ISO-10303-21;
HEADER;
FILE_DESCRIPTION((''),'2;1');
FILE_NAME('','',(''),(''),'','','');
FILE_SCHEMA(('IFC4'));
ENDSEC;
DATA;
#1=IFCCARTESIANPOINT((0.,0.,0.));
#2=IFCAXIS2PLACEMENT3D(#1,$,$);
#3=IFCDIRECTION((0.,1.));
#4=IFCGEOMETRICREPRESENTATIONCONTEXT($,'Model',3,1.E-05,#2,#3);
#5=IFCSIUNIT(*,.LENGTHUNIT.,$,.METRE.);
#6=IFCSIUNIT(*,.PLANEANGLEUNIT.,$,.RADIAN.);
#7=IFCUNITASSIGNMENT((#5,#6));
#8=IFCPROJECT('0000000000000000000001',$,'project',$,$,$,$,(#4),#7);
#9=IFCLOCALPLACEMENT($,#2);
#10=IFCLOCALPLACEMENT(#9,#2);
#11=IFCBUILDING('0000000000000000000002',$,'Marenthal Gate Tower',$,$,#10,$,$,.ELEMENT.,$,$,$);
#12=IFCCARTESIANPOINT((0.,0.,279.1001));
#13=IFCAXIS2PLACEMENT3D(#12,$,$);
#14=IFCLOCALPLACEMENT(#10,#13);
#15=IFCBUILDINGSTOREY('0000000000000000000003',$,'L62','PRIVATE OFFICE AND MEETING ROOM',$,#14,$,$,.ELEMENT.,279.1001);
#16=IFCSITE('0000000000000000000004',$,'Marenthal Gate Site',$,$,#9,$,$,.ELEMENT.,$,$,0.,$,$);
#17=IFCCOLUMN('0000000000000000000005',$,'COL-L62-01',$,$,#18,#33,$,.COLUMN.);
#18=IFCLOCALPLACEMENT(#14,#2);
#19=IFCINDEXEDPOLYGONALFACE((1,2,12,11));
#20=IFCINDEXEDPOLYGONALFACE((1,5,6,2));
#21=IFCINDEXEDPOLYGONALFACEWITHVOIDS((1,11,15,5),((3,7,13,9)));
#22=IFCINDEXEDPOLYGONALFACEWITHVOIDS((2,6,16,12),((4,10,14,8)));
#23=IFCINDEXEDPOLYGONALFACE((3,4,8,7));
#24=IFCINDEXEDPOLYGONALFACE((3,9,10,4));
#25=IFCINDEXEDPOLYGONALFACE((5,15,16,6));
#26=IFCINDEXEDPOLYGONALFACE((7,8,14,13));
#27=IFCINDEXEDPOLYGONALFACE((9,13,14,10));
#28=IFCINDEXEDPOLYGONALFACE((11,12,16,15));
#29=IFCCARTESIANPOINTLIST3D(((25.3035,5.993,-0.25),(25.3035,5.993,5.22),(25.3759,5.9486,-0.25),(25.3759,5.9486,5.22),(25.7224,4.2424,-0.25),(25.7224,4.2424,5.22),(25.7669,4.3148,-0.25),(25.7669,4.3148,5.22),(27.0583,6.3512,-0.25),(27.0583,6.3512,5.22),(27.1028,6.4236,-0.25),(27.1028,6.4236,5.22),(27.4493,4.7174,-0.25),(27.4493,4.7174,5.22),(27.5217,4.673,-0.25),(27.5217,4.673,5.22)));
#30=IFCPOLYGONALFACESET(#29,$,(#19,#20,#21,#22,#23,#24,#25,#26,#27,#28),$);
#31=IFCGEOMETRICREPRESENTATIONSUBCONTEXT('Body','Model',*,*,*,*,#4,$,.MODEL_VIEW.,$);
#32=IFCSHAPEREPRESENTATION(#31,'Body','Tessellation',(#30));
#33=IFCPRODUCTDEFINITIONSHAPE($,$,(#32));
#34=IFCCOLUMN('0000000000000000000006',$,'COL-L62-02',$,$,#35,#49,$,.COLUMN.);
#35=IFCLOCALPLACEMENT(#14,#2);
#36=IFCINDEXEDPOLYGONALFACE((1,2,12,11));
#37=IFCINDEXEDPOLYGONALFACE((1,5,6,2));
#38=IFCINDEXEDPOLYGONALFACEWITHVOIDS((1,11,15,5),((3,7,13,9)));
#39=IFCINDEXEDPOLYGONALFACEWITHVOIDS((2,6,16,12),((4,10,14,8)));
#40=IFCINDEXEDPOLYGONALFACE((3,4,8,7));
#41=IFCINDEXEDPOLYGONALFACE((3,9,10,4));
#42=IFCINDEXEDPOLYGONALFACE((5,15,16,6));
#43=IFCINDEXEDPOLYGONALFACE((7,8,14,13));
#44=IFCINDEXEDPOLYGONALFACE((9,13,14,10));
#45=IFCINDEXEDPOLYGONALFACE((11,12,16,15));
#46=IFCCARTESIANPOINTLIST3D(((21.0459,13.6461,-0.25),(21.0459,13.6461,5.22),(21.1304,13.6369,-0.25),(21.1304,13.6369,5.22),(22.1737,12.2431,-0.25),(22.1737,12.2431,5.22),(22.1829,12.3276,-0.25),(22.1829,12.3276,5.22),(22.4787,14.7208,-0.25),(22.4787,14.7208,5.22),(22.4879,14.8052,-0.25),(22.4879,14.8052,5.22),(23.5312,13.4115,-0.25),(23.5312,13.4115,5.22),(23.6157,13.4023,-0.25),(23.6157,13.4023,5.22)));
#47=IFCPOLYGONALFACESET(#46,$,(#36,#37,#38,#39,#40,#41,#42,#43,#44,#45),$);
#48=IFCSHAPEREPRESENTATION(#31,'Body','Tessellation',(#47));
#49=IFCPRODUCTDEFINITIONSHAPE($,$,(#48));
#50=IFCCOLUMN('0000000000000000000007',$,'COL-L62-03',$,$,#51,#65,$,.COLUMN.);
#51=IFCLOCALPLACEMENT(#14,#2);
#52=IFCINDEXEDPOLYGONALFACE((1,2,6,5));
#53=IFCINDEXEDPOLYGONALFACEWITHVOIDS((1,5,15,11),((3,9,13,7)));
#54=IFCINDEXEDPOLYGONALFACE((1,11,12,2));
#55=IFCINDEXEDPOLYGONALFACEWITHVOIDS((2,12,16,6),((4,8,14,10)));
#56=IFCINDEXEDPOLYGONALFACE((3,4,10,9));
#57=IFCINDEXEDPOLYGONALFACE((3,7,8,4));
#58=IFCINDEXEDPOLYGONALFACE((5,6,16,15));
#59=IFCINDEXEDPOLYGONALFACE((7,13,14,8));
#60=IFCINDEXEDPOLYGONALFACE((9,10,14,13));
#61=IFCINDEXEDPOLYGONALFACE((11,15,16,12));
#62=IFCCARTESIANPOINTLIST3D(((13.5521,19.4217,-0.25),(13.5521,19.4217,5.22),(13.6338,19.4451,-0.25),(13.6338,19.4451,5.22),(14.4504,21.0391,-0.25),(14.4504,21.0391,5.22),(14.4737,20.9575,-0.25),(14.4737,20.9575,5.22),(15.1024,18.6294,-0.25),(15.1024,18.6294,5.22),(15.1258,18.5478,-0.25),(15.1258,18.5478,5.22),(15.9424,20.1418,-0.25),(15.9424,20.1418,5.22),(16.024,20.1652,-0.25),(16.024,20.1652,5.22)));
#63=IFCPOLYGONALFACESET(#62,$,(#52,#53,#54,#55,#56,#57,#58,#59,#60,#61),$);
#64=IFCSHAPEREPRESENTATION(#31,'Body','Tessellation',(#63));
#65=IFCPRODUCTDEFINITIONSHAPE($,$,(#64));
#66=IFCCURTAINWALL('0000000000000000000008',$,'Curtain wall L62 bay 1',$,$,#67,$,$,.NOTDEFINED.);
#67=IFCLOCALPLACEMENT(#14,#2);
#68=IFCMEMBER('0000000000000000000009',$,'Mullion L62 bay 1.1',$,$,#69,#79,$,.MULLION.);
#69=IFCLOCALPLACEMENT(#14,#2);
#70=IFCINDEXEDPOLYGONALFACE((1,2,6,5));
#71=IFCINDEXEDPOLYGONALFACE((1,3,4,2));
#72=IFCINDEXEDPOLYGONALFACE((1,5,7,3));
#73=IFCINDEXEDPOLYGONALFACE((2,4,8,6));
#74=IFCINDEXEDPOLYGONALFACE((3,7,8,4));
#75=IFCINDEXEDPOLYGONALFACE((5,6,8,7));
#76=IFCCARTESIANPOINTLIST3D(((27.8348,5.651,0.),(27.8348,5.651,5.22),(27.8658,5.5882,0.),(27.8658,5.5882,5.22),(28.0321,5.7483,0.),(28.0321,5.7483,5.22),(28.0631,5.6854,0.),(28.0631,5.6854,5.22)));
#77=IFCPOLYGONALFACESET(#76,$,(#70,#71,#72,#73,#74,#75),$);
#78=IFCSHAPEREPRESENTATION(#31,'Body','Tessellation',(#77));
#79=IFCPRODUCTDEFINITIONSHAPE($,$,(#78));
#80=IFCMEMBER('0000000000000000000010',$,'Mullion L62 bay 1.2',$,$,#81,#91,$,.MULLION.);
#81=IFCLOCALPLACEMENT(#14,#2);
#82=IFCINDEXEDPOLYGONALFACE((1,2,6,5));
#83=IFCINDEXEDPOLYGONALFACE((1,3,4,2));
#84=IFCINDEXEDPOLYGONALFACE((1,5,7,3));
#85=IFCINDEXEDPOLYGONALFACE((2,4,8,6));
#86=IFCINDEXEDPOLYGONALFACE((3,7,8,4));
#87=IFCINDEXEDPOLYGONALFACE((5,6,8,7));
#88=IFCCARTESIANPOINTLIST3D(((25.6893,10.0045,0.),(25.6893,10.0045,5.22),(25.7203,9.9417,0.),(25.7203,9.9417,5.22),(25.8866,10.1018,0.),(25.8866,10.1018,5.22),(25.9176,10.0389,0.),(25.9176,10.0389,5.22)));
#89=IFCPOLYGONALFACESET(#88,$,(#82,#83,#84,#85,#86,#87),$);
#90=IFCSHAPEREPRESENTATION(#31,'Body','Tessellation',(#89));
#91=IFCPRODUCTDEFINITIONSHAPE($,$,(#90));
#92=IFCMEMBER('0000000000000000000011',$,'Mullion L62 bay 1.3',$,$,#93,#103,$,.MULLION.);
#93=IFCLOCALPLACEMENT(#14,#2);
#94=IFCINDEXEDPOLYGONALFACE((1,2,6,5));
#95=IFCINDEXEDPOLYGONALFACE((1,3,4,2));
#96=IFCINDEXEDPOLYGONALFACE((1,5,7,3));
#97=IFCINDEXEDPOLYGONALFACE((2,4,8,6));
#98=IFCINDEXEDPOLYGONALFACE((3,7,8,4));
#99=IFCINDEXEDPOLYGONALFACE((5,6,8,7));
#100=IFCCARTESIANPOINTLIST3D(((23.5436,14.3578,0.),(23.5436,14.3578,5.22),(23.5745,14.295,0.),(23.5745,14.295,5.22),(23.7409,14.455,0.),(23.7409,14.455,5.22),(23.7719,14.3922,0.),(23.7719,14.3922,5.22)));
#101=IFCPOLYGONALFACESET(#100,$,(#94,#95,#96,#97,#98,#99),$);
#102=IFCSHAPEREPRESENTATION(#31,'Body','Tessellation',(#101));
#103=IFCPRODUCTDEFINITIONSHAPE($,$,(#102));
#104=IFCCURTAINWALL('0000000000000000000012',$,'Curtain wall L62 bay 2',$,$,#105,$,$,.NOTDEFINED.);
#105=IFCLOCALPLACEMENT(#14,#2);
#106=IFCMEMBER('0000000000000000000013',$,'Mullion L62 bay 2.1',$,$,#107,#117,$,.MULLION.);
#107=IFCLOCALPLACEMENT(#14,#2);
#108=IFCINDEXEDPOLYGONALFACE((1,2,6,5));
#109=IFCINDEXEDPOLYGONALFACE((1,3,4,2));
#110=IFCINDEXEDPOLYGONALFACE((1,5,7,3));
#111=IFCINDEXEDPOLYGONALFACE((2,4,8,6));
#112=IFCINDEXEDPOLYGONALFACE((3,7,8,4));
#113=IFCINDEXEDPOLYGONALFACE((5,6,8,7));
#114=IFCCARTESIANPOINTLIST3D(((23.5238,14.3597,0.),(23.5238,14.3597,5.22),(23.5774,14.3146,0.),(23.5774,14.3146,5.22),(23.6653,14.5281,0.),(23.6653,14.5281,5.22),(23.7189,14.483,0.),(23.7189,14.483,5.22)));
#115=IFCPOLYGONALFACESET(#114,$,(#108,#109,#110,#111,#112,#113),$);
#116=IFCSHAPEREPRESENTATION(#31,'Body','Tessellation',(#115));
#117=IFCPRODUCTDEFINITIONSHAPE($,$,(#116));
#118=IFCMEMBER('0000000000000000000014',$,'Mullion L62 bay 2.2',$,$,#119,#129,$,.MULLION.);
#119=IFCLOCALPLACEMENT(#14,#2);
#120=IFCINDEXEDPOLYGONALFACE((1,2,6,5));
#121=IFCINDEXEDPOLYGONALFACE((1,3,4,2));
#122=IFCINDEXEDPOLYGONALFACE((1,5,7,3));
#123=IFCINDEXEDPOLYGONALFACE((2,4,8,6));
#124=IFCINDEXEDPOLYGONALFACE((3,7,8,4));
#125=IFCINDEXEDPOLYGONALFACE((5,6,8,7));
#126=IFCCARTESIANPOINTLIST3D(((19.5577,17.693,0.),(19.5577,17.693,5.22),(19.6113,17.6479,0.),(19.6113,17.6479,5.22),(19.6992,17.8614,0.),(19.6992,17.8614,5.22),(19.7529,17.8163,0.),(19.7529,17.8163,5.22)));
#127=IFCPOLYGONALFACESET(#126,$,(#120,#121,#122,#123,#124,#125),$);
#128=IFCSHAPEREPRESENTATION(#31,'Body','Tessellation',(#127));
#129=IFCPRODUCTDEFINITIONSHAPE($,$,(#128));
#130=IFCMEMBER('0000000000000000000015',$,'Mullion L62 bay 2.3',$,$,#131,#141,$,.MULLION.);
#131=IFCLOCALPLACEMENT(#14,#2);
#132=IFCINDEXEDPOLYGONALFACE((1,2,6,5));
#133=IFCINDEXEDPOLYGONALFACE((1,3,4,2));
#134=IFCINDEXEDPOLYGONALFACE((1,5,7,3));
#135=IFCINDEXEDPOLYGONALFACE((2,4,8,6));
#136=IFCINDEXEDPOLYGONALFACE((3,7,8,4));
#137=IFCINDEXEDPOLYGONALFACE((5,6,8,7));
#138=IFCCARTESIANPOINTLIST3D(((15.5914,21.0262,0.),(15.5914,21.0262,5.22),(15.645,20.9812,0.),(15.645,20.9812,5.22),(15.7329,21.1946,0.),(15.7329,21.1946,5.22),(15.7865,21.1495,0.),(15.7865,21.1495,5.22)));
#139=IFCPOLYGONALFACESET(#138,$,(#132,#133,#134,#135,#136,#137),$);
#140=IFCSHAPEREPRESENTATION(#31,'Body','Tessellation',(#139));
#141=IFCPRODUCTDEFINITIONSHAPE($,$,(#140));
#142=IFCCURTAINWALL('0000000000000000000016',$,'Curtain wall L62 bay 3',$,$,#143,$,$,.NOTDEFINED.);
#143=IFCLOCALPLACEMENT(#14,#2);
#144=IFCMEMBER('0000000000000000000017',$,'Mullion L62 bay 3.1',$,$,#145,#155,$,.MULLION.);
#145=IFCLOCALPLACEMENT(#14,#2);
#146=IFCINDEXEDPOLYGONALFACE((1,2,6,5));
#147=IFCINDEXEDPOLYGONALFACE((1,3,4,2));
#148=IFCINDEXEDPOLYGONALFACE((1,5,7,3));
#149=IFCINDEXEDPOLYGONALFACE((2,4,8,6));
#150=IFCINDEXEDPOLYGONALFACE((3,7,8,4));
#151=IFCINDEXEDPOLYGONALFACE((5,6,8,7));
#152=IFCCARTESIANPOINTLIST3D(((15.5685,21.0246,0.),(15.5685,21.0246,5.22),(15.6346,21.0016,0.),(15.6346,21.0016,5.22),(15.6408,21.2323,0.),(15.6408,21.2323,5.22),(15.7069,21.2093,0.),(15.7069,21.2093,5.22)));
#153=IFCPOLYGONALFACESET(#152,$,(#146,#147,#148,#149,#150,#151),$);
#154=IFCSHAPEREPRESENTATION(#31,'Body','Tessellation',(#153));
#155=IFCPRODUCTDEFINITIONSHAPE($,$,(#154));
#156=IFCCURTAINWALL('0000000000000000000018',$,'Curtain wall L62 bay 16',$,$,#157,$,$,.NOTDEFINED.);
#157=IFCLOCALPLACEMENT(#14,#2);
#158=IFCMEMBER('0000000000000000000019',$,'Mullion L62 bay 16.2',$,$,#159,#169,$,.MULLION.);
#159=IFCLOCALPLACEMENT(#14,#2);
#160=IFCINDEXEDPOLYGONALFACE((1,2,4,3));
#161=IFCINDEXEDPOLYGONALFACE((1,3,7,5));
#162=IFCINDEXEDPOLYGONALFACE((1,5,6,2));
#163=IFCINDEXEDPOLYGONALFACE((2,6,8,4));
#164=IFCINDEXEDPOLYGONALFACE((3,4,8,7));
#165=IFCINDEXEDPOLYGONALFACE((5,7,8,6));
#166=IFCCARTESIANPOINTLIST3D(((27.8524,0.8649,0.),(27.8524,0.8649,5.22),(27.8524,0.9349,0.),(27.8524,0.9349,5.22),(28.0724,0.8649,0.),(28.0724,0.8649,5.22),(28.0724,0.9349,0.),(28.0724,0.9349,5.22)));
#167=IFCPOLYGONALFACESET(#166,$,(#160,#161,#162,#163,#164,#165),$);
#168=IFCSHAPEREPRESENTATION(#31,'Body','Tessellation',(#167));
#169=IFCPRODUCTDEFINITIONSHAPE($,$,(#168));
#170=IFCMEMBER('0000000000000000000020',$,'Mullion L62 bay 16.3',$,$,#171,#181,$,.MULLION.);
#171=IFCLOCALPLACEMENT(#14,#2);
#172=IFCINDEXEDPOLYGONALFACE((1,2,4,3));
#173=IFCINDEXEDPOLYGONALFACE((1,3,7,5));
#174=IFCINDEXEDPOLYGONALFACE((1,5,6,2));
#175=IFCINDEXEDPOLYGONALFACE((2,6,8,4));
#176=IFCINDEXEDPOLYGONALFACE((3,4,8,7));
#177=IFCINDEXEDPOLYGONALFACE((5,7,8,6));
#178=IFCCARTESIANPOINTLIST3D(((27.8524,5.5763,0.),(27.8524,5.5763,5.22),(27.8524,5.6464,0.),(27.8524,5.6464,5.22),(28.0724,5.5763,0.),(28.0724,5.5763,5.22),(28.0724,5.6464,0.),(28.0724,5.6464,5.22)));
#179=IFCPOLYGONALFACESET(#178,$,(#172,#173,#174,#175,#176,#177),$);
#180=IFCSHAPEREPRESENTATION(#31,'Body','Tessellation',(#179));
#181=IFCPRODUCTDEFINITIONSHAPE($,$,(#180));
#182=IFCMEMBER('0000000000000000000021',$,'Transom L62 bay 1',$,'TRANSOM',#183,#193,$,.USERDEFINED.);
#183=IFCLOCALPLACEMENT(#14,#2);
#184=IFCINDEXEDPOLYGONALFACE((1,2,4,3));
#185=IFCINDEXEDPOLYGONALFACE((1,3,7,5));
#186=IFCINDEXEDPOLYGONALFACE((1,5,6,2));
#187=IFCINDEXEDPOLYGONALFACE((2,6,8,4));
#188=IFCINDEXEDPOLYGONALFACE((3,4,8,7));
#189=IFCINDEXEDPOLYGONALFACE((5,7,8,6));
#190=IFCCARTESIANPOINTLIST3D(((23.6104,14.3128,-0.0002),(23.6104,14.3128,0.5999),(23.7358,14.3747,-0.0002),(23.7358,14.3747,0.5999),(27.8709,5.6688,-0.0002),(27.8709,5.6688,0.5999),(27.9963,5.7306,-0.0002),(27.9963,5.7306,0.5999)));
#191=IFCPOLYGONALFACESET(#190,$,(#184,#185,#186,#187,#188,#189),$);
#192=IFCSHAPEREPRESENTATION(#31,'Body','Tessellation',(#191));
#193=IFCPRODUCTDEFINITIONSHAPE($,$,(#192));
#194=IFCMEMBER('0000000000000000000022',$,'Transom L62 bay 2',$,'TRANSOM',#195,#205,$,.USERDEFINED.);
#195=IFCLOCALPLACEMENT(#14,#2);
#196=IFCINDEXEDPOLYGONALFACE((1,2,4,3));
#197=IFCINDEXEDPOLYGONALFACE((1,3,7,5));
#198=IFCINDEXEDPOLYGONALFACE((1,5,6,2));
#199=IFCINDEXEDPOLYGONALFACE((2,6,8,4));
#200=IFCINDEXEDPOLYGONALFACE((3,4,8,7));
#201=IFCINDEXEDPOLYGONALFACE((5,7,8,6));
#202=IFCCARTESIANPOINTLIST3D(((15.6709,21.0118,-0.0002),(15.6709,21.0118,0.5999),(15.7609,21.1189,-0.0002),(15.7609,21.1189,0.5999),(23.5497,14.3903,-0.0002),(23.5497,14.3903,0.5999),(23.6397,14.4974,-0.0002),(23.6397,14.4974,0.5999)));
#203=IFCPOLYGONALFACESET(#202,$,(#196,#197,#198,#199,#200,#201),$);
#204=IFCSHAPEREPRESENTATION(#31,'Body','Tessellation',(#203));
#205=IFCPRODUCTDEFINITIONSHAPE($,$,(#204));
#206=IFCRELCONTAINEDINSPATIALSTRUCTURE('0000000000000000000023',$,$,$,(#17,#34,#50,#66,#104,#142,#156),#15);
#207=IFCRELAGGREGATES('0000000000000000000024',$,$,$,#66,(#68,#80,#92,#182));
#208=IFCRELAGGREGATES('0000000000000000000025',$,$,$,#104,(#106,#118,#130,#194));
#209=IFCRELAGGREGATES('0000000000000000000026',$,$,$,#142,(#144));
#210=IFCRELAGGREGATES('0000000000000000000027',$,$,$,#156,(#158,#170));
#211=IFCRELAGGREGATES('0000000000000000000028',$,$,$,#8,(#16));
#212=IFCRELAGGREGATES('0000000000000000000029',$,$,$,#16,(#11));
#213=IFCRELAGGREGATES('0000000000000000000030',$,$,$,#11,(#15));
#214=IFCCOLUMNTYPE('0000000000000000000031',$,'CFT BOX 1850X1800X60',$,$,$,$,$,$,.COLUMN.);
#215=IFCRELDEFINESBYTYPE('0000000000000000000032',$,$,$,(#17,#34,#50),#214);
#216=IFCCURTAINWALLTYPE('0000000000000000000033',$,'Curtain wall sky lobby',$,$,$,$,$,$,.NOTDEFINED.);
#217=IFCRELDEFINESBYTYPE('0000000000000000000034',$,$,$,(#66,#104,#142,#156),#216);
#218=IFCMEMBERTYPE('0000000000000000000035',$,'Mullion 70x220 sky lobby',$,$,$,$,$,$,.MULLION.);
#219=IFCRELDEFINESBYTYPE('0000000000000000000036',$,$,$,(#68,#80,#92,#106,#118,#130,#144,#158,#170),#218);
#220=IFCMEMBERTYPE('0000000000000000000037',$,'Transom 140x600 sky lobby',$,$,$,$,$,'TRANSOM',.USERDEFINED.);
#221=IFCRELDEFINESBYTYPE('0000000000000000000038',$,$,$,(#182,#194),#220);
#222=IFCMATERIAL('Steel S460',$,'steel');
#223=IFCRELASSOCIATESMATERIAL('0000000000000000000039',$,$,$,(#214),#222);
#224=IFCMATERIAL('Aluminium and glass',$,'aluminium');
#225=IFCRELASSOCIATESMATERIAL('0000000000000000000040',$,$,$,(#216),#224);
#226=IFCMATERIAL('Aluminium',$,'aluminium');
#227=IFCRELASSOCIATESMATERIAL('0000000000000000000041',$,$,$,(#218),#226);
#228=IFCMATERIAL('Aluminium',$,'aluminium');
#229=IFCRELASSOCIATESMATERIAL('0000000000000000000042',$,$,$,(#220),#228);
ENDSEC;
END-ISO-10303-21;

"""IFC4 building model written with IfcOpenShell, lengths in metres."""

from ifc_helpers import new_model, si_unit, direction, frame, origin, origin_2d, place, context, subcontext, project, spatial, rectangle, hollow_rectangle, extrude, material, material_profile, profile_set, type_object, element, aggregate, save


model = new_model("IFC4")

# Units and contexts
model_context = context("Model", 3, precision=1e-05, world=origin(), true_north=direction((0.0, 1.0)))
body_context = subcontext(model_context, "Body", "Model", "MODEL_VIEW")
ifc_project = project(units=[si_unit("LENGTHUNIT", "METRE"), si_unit("PLANEANGLEUNIT", "RADIAN")], contexts=[model_context])

# Site, building, storey
site_placement = place(None, origin())
site = spatial("IfcSite", under=ifc_project, at=site_placement, Name="Marenthal Gate Site", CompositionType="ELEMENT", RefElevation=0.0)
building_placement = place(site_placement, origin())
building = spatial("IfcBuilding", under=site, at=building_placement, Name="Marenthal Gate Tower", CompositionType="ELEMENT")
storey_placement = place(building_placement, frame((0.0, 0.0, 279.1001)))
storey = spatial("IfcBuildingStorey", under=building, at=storey_placement, Name="L62", Description="PRIVATE OFFICE AND MEETING ROOM", CompositionType="ELEMENT", Elevation=279.1001)

# Columns
ifc_material_1 = material(Name="Steel S460", Category="steel")
ifc_material_profile_1 = material_profile(ifc_material_1, hollow_rectangle(XDim=1.8, YDim=1.8501, WallThickness=0.0601, at=origin_2d()), Name="CFT BOX 1850X1800X60")
ifc_material_2 = material(Name="Concrete 70 MPa", Category="concrete")
ifc_material_profile_2 = material_profile(ifc_material_2, rectangle(XDim=1.6799, YDim=1.73, at=origin_2d()), Name="CFT BOX 1850X1800X60 INFILL")
ifc_profile_set_1 = profile_set([ifc_material_profile_1, ifc_material_profile_2], Name="Steel S460 shell, Concrete 70 MPa infill")
column_type = type_object("IfcColumnType", Name="CFT BOX 1850X1800X60", PredefinedType="COLUMN", material=ifc_profile_set_1)
for number, where, z_axis, x_axis, name in (
    (1, (26.4126, 5.333, -0.25), (0.0, 0.0, 1.0), (0.232739, -0.972539, 0.0), "COL-L62-01"),
    (2, (22.3308, 13.5242, -0.25), (0.0, 0.0, 1.0), (0.62654, -0.779389, 0.0), "COL-L62-02"),
    (3, (14.7881, 19.7935, -0.25), (0.0, 0.0, 1.0), (0.874222, -0.485527, 0.0), "COL-L62-03"),
):
    element("IfcColumn", number, at=place(storey_placement, frame(where, z_axis=z_axis, x_axis=x_axis)), inside=storey, type_object=column_type, Name=name, PredefinedType="COLUMN", context=body_context, shape_type="SweptSolid", body=[
        extrude(hollow_rectangle(XDim=1.8, YDim=1.8501, WallThickness=0.0601, at=origin_2d()), origin(), (0.0, 0.0, 1.0), 5.47),
    ])

# Curtain walls, members
ifc_material_3 = material(Name="Aluminium and glass", Category="aluminium")
curtain_wall_type = type_object("IfcCurtainWallType", Name="Curtain wall sky lobby", PredefinedType="NOTDEFINED", material=ifc_material_3)
curtain_wall_1_placement = place(storey_placement, origin())
curtain_wall_1 = element("IfcCurtainWall", 4, at=curtain_wall_1_placement, inside=storey, type_object=curtain_wall_type, Name="Curtain wall L62 bay 1", PredefinedType="NOTDEFINED")
ifc_material_4 = material(Name="Aluminium", Category="aluminium")
ifc_material_profile_3 = material_profile(ifc_material_4, rectangle(XDim=0.22, YDim=0.0701, at=origin_2d()), Name="70x220 aluminium mullion")
ifc_profile_set_2 = profile_set([ifc_material_profile_3], Name="Aluminium")
member_type_1 = type_object("IfcMemberType", Name="Mullion 70x220 sky lobby", PredefinedType="MULLION", material=ifc_profile_set_2)
member_1_placement = place(storey_placement, frame((27.949, 5.6682, 0.0), z_axis=(0.0, 0.0, 1.0), x_axis=(-0.89697, -0.442091, 0.0)))
member_1 = element("IfcMember", 5, at=member_1_placement, type_object=member_type_1, Name="Mullion L62 bay 1.1", PredefinedType="MULLION", context=body_context, shape_type="SweptSolid", body=[
    extrude(rectangle(XDim=0.22, YDim=0.0701, at=origin_2d()), origin(), (0.0, 0.0, 1.0), 5.22),
])
member_2_placement = place(storey_placement, frame((25.8035, 10.0217, 0.0), z_axis=(0.0, 0.0, 1.0), x_axis=(-0.89697, -0.442091, 0.0)))
member_2 = element("IfcMember", 6, at=member_2_placement, type_object=member_type_1, Name="Mullion L62 bay 1.2", PredefinedType="MULLION", context=body_context, shape_type="SweptSolid", body=[
    extrude(rectangle(XDim=0.22, YDim=0.0701, at=origin_2d()), origin(), (0.0, 0.0, 1.0), 5.22),
])
member_3_placement = place(storey_placement, frame((23.6577, 14.375, 0.0), z_axis=(0.0, 0.0, 1.0), x_axis=(-0.89697, -0.442091, 0.0)))
member_3 = element("IfcMember", 7, at=member_3_placement, type_object=member_type_1, Name="Mullion L62 bay 1.3", PredefinedType="MULLION", context=body_context, shape_type="SweptSolid", body=[
    extrude(rectangle(XDim=0.22, YDim=0.0701, at=origin_2d()), origin(), (0.0, 0.0, 1.0), 5.22),
])
curtain_wall_2_placement = place(storey_placement, origin())
curtain_wall_2 = element("IfcCurtainWall", 8, at=curtain_wall_2_placement, inside=storey, type_object=curtain_wall_type, Name="Curtain wall L62 bay 2", PredefinedType="NOTDEFINED")
member_4_placement = place(storey_placement, frame((23.6213, 14.4214, 0.0), z_axis=(0.0, 0.0, 1.0), x_axis=(-0.64338, -0.765547, 0.0)))
member_4 = element("IfcMember", 9, at=member_4_placement, type_object=member_type_1, Name="Mullion L62 bay 2.1", PredefinedType="MULLION", context=body_context, shape_type="SweptSolid", body=[
    extrude(rectangle(XDim=0.22, YDim=0.0701, at=origin_2d()), origin(), (0.0, 0.0, 1.0), 5.22),
])
member_5_placement = place(storey_placement, frame((19.6553, 17.7546, 0.0), z_axis=(0.0, 0.0, 1.0), x_axis=(-0.64338, -0.765547, 0.0)))
member_5 = element("IfcMember", 10, at=member_5_placement, type_object=member_type_1, Name="Mullion L62 bay 2.2", PredefinedType="MULLION", context=body_context, shape_type="SweptSolid", body=[
    extrude(rectangle(XDim=0.22, YDim=0.0701, at=origin_2d()), origin(), (0.0, 0.0, 1.0), 5.22),
])
member_6_placement = place(storey_placement, frame((15.689, 21.0879, 0.0), z_axis=(0.0, 0.0, 1.0), x_axis=(-0.64338, -0.765547, 0.0)))
member_6 = element("IfcMember", 11, at=member_6_placement, type_object=member_type_1, Name="Mullion L62 bay 2.3", PredefinedType="MULLION", context=body_context, shape_type="SweptSolid", body=[
    extrude(rectangle(XDim=0.22, YDim=0.0701, at=origin_2d()), origin(), (0.0, 0.0, 1.0), 5.22),
])

# Curtain wall, member
curtain_wall_3_placement = place(storey_placement, origin())
curtain_wall_3 = element("IfcCurtainWall", 12, at=curtain_wall_3_placement, inside=storey, type_object=curtain_wall_type, Name="Curtain wall L62 bay 3", PredefinedType="NOTDEFINED")
member_7_placement = place(storey_placement, frame((15.6377, 21.1169, 0.0), z_axis=(0.0, 0.0, 1.0), x_axis=(-0.328757, -0.944415, 0.0)))
member_7 = element("IfcMember", 13, at=member_7_placement, type_object=member_type_1, Name="Mullion L62 bay 3.1", PredefinedType="MULLION", context=body_context, shape_type="SweptSolid", body=[
    extrude(rectangle(XDim=0.22, YDim=0.0701, at=origin_2d()), origin(), (0.0, 0.0, 1.0), 5.22),
])

# Curtain wall, members
curtain_wall_4_placement = place(storey_placement, origin())
curtain_wall_4 = element("IfcCurtainWall", 14, at=curtain_wall_4_placement, inside=storey, type_object=curtain_wall_type, Name="Curtain wall L62 bay 16", PredefinedType="NOTDEFINED")
member_8_placement = place(storey_placement, frame((27.9624, 0.8999, 0.0), z_axis=(0.0, 0.0, 1.0), x_axis=(-1.0, 0.0, 0.0)))
member_8 = element("IfcMember", 15, at=member_8_placement, type_object=member_type_1, Name="Mullion L62 bay 16.2", PredefinedType="MULLION", context=body_context, shape_type="SweptSolid", body=[
    extrude(rectangle(XDim=0.22, YDim=0.0701, at=origin_2d()), origin(), (0.0, 0.0, 1.0), 5.22),
])
member_9_placement = place(storey_placement, frame((27.9624, 5.6113, 0.0), z_axis=(0.0, 0.0, 1.0), x_axis=(-1.0, 0.0, 0.0)))
member_9 = element("IfcMember", 16, at=member_9_placement, type_object=member_type_1, Name="Mullion L62 bay 16.3", PredefinedType="MULLION", context=body_context, shape_type="SweptSolid", body=[
    extrude(rectangle(XDim=0.22, YDim=0.0701, at=origin_2d()), origin(), (0.0, 0.0, 1.0), 5.22),
])

# Members
ifc_material_5 = material(Name="Aluminium", Category="aluminium")
ifc_material_profile_4 = material_profile(ifc_material_5, rectangle(XDim=0.1399, YDim=0.6001, at=origin_2d()), Name="140x600 aluminium transom")
ifc_profile_set_3 = profile_set([ifc_material_profile_4], Name="Aluminium")
member_type_2 = type_object("IfcMemberType", Name="Transom 140x600 sky lobby", ElementType="TRANSOM", PredefinedType="USERDEFINED", material=ifc_profile_set_3)
member_10_placement = place(storey_placement, frame((27.9336, 5.6997, 0.2998), z_axis=(-0.442099, 0.896966, 0.0), x_axis=(-0.896966, -0.442099, 0.0)))
member_10 = element("IfcMember", 17, at=member_10_placement, type_object=member_type_2, Name="Transom L62 bay 1", ObjectType="TRANSOM", PredefinedType="USERDEFINED", context=body_context, shape_type="SweptSolid", body=[
    extrude(rectangle(XDim=0.1399, YDim=0.6001, at=origin_2d()), origin(), (0.0, 0.0, 1.0), 9.637),
])
member_11_placement = place(storey_placement, frame((23.5947, 14.4438, 0.2998), z_axis=(-0.765547, 0.64338, 0.0), x_axis=(-0.64338, -0.765547, 0.0)))
member_11 = element("IfcMember", 18, at=member_11_placement, type_object=member_type_2, Name="Transom L62 bay 2", ObjectType="TRANSOM", PredefinedType="USERDEFINED", context=body_context, shape_type="SweptSolid", body=[
    extrude(rectangle(XDim=0.1399, YDim=0.6001, at=origin_2d()), origin(), (0.0, 0.0, 1.0), 10.2917),
])

aggregate(curtain_wall_1, [member_1, member_2, member_3, member_10])
aggregate(curtain_wall_2, [member_4, member_5, member_6, member_11])
aggregate(curtain_wall_3, [member_7])
aggregate(curtain_wall_4, [member_8, member_9])

save(model, "model.ifc")
